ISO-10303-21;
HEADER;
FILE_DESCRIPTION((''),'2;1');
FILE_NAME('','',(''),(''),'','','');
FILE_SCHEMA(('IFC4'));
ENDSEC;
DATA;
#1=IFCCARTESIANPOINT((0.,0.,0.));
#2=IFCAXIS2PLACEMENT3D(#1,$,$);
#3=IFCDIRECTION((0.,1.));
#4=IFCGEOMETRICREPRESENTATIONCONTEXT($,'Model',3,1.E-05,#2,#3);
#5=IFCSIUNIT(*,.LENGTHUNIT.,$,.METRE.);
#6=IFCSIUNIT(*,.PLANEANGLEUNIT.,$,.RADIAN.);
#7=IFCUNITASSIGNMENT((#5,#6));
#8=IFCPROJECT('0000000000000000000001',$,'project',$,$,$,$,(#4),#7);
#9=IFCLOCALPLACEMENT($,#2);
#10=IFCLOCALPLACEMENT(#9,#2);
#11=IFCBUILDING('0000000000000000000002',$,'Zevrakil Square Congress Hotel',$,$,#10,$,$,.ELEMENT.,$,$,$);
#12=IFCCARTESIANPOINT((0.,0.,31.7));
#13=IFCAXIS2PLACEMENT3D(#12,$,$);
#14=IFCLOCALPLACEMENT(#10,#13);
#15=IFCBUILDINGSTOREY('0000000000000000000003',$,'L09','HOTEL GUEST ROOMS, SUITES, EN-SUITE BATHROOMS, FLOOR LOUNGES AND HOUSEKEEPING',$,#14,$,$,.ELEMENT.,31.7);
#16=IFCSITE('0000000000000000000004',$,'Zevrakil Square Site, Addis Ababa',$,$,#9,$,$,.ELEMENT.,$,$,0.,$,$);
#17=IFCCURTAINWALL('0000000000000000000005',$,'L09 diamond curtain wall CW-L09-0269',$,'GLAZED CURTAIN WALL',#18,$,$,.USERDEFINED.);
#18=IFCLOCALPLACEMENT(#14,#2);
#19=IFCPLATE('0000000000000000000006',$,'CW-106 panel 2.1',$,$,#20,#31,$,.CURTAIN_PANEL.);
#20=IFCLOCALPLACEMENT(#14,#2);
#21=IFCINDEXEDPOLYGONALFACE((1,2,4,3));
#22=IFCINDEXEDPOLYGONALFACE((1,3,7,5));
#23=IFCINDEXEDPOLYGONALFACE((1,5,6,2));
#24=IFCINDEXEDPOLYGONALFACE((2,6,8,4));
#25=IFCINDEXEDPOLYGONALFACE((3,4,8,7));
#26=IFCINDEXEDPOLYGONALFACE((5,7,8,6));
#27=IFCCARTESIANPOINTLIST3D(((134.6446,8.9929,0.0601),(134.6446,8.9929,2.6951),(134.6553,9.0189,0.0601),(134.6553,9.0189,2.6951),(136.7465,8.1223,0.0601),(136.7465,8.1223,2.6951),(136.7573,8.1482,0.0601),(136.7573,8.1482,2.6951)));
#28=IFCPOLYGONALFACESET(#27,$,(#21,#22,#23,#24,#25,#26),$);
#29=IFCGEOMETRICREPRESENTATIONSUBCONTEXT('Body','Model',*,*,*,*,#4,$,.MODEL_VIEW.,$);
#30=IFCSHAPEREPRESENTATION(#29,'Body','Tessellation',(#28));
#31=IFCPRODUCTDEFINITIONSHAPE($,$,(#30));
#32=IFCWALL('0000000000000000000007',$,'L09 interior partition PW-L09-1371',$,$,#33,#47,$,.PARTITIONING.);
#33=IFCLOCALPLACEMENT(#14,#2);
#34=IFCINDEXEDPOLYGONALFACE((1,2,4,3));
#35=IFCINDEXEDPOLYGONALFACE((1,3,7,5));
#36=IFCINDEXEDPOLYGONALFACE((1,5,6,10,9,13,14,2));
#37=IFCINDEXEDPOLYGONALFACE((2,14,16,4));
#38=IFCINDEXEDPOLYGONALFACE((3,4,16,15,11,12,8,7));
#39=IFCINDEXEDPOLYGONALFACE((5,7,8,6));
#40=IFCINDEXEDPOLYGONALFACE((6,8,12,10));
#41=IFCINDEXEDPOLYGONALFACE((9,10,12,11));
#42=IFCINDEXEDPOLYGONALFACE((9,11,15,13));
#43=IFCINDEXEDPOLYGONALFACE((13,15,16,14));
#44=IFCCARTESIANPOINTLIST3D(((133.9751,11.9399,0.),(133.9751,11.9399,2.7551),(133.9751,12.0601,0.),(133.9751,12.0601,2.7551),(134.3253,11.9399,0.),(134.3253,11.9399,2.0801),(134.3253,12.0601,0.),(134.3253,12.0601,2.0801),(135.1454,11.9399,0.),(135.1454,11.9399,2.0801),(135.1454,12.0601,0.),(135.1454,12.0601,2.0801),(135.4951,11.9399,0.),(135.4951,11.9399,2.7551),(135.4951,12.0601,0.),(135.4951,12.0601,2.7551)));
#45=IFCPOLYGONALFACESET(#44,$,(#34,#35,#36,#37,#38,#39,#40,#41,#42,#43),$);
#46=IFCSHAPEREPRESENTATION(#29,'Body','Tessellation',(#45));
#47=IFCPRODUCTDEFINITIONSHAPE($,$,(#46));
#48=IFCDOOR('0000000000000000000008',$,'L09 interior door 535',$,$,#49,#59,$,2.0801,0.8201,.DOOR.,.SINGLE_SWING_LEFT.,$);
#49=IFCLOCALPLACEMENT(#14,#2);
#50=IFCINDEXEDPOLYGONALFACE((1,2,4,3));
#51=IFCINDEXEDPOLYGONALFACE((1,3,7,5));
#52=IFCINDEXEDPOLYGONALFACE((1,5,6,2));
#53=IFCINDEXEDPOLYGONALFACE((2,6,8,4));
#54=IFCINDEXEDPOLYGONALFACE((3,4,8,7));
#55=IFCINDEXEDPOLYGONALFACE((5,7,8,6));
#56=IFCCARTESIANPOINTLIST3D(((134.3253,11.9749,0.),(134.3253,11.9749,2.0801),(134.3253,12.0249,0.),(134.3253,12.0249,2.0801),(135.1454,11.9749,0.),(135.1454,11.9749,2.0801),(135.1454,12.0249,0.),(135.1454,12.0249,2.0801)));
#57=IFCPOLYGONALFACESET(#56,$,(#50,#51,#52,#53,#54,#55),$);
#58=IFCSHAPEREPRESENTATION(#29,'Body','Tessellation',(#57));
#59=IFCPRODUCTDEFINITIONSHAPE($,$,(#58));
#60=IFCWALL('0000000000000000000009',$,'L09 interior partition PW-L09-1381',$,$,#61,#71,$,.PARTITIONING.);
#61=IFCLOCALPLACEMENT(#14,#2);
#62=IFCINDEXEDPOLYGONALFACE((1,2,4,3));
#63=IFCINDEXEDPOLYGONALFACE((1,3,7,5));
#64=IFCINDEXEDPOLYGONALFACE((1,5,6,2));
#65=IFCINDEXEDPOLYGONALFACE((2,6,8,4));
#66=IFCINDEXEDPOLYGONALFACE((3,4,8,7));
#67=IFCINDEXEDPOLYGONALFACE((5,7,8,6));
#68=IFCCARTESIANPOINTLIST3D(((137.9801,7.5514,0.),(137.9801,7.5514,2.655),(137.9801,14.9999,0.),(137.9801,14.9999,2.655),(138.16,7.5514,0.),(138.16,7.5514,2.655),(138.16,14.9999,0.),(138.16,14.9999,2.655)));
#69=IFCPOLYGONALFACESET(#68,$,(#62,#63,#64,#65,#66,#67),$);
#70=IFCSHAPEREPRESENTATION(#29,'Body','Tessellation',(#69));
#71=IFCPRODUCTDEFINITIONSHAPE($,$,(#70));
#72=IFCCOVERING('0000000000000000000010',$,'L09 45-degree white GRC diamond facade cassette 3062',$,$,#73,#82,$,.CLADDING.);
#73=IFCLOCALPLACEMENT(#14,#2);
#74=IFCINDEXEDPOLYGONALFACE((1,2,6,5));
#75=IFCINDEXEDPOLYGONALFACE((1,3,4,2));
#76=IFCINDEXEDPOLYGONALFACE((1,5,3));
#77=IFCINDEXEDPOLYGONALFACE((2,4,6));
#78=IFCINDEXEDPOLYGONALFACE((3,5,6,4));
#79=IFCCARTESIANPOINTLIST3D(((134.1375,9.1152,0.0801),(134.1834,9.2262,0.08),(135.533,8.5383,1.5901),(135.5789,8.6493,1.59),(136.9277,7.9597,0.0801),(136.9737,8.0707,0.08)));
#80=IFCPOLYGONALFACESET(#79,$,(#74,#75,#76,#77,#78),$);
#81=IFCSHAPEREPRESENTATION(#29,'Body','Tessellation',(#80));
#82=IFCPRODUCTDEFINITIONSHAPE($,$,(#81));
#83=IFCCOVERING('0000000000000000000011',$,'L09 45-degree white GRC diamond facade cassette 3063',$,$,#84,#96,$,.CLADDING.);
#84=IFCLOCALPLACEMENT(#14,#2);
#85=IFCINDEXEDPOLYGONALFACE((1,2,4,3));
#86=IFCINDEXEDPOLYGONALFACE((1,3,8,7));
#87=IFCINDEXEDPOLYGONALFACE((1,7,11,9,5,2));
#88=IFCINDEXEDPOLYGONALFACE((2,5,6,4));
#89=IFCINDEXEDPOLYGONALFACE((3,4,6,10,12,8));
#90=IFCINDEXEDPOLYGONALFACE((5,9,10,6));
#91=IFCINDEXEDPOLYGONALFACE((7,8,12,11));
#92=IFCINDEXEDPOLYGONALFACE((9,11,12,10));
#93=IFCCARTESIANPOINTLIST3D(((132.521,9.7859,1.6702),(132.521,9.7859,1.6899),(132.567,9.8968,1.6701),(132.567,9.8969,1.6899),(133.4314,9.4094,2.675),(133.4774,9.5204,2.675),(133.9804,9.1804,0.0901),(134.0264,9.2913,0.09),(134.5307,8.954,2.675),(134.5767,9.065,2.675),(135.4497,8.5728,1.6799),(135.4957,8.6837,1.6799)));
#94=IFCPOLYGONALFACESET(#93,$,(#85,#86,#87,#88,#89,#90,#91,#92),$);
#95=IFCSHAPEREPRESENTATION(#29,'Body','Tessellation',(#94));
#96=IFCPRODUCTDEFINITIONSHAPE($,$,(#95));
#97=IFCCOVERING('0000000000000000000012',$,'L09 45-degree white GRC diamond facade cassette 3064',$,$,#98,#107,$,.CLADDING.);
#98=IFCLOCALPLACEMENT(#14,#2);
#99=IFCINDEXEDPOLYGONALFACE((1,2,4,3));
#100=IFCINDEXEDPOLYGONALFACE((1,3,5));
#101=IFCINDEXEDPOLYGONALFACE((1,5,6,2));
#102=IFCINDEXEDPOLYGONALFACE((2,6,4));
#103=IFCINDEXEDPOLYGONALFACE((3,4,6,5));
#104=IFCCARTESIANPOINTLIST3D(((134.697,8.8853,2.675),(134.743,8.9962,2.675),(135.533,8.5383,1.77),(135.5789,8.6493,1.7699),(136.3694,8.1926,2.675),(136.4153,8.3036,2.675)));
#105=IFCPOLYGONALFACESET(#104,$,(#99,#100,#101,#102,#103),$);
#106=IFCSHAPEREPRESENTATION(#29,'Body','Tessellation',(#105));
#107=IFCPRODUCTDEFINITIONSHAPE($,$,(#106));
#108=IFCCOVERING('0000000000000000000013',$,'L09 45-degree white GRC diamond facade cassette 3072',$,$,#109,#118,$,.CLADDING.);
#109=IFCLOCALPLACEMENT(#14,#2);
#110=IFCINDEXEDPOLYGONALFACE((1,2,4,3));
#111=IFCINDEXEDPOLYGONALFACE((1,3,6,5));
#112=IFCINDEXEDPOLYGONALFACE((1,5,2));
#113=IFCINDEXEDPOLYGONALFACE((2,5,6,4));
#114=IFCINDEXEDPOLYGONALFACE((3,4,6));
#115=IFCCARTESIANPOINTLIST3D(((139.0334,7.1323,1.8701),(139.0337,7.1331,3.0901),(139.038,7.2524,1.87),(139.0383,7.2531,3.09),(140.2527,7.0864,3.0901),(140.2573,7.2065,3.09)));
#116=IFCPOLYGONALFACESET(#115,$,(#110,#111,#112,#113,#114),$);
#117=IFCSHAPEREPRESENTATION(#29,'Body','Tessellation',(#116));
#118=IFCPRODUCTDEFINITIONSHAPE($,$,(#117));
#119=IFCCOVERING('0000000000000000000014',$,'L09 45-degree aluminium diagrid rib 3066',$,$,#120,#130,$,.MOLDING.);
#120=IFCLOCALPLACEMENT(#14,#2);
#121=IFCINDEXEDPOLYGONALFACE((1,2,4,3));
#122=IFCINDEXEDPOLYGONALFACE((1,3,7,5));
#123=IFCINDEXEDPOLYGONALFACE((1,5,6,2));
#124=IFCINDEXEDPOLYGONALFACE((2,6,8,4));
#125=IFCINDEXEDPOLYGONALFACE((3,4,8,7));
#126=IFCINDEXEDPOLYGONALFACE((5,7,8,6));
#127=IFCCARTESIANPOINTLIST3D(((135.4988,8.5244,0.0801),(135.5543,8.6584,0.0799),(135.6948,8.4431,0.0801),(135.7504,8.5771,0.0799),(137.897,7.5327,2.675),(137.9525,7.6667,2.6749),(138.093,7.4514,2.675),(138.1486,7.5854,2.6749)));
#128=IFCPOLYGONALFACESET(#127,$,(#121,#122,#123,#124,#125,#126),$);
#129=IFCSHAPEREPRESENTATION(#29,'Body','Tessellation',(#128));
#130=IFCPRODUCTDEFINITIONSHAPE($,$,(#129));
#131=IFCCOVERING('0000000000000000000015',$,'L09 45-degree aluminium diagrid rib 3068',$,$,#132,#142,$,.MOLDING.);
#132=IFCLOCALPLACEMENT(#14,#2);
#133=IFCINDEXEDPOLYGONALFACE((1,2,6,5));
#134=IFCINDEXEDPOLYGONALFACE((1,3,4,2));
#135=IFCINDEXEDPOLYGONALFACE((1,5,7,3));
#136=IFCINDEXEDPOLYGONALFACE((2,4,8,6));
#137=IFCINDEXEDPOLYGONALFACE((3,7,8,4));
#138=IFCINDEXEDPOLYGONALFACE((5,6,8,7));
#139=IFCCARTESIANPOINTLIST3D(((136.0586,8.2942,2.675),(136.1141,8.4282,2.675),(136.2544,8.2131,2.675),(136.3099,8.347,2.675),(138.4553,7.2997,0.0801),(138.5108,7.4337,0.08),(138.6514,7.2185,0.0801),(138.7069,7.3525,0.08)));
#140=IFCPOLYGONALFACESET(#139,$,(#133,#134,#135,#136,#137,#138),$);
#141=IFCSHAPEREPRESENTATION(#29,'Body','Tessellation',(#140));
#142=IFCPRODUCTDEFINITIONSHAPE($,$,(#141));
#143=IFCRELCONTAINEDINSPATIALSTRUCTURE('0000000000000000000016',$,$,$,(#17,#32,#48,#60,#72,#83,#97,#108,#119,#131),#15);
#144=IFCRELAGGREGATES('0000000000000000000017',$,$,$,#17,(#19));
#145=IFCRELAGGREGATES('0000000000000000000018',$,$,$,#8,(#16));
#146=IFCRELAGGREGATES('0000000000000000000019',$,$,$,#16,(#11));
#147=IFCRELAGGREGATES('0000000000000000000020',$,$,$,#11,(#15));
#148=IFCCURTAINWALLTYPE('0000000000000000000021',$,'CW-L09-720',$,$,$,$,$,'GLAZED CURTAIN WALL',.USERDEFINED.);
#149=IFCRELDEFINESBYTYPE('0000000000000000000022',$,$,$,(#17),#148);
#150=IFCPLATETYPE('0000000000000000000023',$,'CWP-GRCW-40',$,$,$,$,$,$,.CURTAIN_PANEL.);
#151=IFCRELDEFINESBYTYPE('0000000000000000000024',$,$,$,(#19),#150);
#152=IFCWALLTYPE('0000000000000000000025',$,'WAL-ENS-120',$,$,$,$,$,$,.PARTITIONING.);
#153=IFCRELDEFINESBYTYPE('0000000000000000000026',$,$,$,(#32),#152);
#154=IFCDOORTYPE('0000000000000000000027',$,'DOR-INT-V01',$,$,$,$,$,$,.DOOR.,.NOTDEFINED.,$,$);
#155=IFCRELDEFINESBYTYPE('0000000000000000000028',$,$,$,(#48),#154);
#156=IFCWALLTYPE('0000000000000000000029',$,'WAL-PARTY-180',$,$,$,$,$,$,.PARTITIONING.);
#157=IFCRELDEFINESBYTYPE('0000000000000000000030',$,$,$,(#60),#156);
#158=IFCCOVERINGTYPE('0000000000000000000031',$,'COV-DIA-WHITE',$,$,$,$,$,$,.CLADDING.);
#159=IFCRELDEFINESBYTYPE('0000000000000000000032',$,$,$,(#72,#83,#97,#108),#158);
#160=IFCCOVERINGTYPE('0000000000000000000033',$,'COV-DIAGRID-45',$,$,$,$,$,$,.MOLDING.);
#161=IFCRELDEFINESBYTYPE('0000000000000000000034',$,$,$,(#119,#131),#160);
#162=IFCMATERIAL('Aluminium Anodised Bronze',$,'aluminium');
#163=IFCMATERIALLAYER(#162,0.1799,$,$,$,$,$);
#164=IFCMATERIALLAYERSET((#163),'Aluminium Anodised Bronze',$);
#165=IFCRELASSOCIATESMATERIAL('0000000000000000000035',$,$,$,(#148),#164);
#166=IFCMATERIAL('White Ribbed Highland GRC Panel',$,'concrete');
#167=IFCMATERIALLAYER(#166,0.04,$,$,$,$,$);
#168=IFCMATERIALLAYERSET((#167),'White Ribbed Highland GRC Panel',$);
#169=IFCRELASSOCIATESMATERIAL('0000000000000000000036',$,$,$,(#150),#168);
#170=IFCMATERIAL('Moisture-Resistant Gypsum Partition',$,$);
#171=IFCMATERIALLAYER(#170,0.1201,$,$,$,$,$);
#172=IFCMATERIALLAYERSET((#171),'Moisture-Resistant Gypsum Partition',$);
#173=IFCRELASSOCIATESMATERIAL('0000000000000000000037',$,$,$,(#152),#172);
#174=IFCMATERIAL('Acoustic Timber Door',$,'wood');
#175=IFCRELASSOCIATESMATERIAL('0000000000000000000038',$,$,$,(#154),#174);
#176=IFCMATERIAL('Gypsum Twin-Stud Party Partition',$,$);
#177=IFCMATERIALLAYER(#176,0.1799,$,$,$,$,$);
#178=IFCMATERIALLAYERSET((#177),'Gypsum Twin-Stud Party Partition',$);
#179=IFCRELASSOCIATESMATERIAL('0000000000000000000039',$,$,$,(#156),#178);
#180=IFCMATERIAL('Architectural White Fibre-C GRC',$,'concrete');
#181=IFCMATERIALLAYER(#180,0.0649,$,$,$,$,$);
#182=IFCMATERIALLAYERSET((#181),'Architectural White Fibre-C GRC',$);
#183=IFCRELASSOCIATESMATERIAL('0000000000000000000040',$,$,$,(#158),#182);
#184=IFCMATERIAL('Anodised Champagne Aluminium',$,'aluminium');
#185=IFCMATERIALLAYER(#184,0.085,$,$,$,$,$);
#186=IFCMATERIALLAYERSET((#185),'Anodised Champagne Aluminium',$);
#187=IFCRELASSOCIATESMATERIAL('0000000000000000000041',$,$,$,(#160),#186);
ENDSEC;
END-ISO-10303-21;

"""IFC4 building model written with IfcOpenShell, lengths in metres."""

from ifc_helpers import new_model, si_unit, direction, frame, frame_2d, origin, origin_2d, place, context, subcontext, project, spatial, polyline, rectangle, outline, extrude, material, layer, layer_set, type_object, element, fill, aggregate, save


model = new_model("IFC4")

# Units and contexts
model_context = context("Model", 3, precision=1e-05, world=origin(), true_north=direction((0.0, 1.0)))
body_context = subcontext(model_context, "Body", "Model", "MODEL_VIEW")
ifc_project = project(units=[si_unit("LENGTHUNIT", "METRE"), si_unit("PLANEANGLEUNIT", "RADIAN")], contexts=[model_context])

# Site, building, storey
site_placement = place(None, origin())
site = spatial("IfcSite", under=ifc_project, at=site_placement, Name="Zevrakil Square Site, Addis Ababa", CompositionType="ELEMENT", RefElevation=0.0)
building_placement = place(site_placement, origin())
building = spatial("IfcBuilding", under=site, at=building_placement, Name="Zevrakil Square Congress Hotel", CompositionType="ELEMENT")
storey_placement = place(building_placement, frame((0.0, 0.0, 31.7)))
storey = spatial("IfcBuildingStorey", under=building, at=storey_placement, Name="L09", Description="HOTEL GUEST ROOMS, SUITES, EN-SUITE BATHROOMS, FLOOR LOUNGES AND HOUSEKEEPING", CompositionType="ELEMENT", Elevation=31.7)

# Curtain wall
ifc_material_1 = material(Name="Aluminium Anodised Bronze", Category="aluminium")
ifc_layer_1 = layer(ifc_material_1, 0.1799)
ifc_layer_set_1 = layer_set([ifc_layer_1], Name="Aluminium Anodised Bronze")
curtain_wall_type_1 = type_object("IfcCurtainWallType", Name="CW-L09-720", ElementType="GLAZED CURTAIN WALL", PredefinedType="USERDEFINED", material=ifc_layer_set_1)
curtain_wall_1_placement = place(storey_placement, origin())
curtain_wall_1 = element("IfcCurtainWall", 1, at=curtain_wall_1_placement, inside=storey, type_object=curtain_wall_type_1, Name="L09 diamond curtain wall CW-L09-0269", ObjectType="GLAZED CURTAIN WALL", PredefinedType="USERDEFINED")

# Plate
ifc_material_2 = material(Name="White Ribbed Highland GRC Panel", Category="concrete")
ifc_layer_2 = layer(ifc_material_2, 0.04)
ifc_layer_set_2 = layer_set([ifc_layer_2], Name="White Ribbed Highland GRC Panel")
plate_type_1 = type_object("IfcPlateType", Name="CWP-GRCW-40", PredefinedType="CURTAIN_PANEL", material=ifc_layer_set_2)
plate_1_placement = place(storey_placement, frame((135.7009, 8.5706, 0.0601), z_axis=(0.0, 0.0, 1.0), x_axis=(0.923879, -0.382684, 0.0)))
plate_1 = element("IfcPlate", 2, at=plate_1_placement, type_object=plate_type_1, Name="CW-106 panel 2.1", PredefinedType="CURTAIN_PANEL", context=body_context, shape_type="SweptSolid", body=[
    extrude(rectangle(XDim=2.2751, YDim=0.0281, at=origin_2d()), origin(), (0.0, 0.0, 1.0), 2.635),
])
aggregate(curtain_wall_1, [plate_1])

# Wall, opening, door
ifc_material_3 = material(Name="Moisture-Resistant Gypsum Partition")
ifc_layer_3 = layer(ifc_material_3, 0.1201)
ifc_layer_set_3 = layer_set([ifc_layer_3], Name="Moisture-Resistant Gypsum Partition")
wall_type_1 = type_object("IfcWallType", Name="WAL-ENS-120", PredefinedType="PARTITIONING", material=ifc_layer_set_3)
wall_1_placement = place(storey_placement, frame((133.9751, 12.0, 0.0), z_axis=(0.0, 0.0, 1.0), x_axis=(1.0, 0.0, 0.0)))
wall_1 = element("IfcWall", 3, at=wall_1_placement, inside=storey, type_object=wall_type_1, Name="L09 interior partition PW-L09-1371", PredefinedType="PARTITIONING", context=body_context, shape_type="SweptSolid", body=[
    extrude(rectangle(XDim=1.52, YDim=0.1201, at=frame_2d((0.76, 0.0))), origin(), (0.0, 0.0, 1.0), 2.7551),
])
opening_placement = place(wall_1_placement, frame((0.3501, 0.0, 0.0)))
opening = element("IfcOpeningElement", 4, at=opening_placement, cuts=wall_1, PredefinedType="OPENING", context=body_context, shape_type="SweptSolid", body=[
    extrude(rectangle(XDim=0.8201, YDim=2.0801, at=frame_2d((0.4102, 1.04))), frame((0.0, 0.0701, 0.0), z_axis=(0.0, -1.0, 0.0), x_axis=(1.0, 0.0, 0.0)), (0.0, 0.0, 1.0), 0.1401),
])
ifc_material_4 = material(Name="Acoustic Timber Door", Category="wood")
door_type = type_object("IfcDoorType", Name="DOR-INT-V01", OperationType="NOTDEFINED", PredefinedType="DOOR", material=ifc_material_4)
door_placement = place(opening_placement, origin())
door = element("IfcDoor", 5, at=door_placement, inside=storey, type_object=door_type, Name="L09 interior door 535", OperationType="SINGLE_SWING_LEFT", OverallHeight=2.0801, OverallWidth=0.8201, PredefinedType="DOOR", context=body_context, shape_type="SweptSolid", body=[
    extrude(rectangle(XDim=0.8201, YDim=2.0801, at=frame_2d((0.4102, 1.04))), frame((0.0, 0.0249, 0.0), z_axis=(0.0, -1.0, 0.0), x_axis=(1.0, 0.0, 0.0)), (0.0, 0.0, 1.0), 0.05),
])
fill(opening, door)

# Wall
ifc_material_5 = material(Name="Gypsum Twin-Stud Party Partition")
ifc_layer_4 = layer(ifc_material_5, 0.1799)
ifc_layer_set_4 = layer_set([ifc_layer_4], Name="Gypsum Twin-Stud Party Partition")
wall_type_2 = type_object("IfcWallType", Name="WAL-PARTY-180", PredefinedType="PARTITIONING", material=ifc_layer_set_4)
wall_2_placement = place(storey_placement, frame((138.0701, 7.5515, 0.0), z_axis=(0.0, 0.0, 1.0), x_axis=(0.0, 1.0, 0.0)))
element("IfcWall", 6, at=wall_2_placement, inside=storey, type_object=wall_type_2, Name="L09 interior partition PW-L09-1381", PredefinedType="PARTITIONING", context=body_context, shape_type="SweptSolid", body=[
    extrude(rectangle(XDim=7.4485, YDim=0.1799, at=frame_2d((3.7241, 0.0))), origin(), (0.0, 0.0, 1.0), 2.655),
])

# Coverings
ifc_material_6 = material(Name="Architectural White Fibre-C GRC", Category="concrete")
ifc_layer_5 = layer(ifc_material_6, 0.0649)
ifc_layer_set_5 = layer_set([ifc_layer_5], Name="Architectural White Fibre-C GRC")
covering_type_1 = type_object("IfcCoveringType", Name="COV-DIA-WHITE", PredefinedType="CLADDING", material=ifc_layer_set_5)
covering_1_placement = place(storey_placement, frame((135.533, 8.5383, 1.5901), z_axis=(-0.382611, -0.923909, 0.000616), x_axis=(0.65314, -0.270951, -0.707102)))
element("IfcCovering", 7, at=covering_1_placement, inside=storey, type_object=covering_type_1, Name="L09 45-degree white GRC diamond facade cassette 3062", PredefinedType="CLADDING", context=body_context, shape_type="SweptSolid", body=[
    extrude(outline(polyline([(0.0, 0.0), (2.1355, 0.0), (0.0, -2.1355), (0.0, 0.0)])), origin(), (0.0, 0.0, -1.0), 0.1201),
])
covering_2_placement = place(storey_placement, frame((135.4497, 8.5728, 1.6799), z_axis=(-0.382685, -0.923879, 0.000575), x_axis=(-0.653457, 0.270231, -0.707085)))
element("IfcCovering", 8, at=covering_2_placement, inside=storey, type_object=covering_type_1, Name="L09 45-degree white GRC diamond facade cassette 3063", PredefinedType="CLADDING", context=body_context, shape_type="SweptSolid", body=[
    extrude(outline(polyline([(0.0, 0.0), (2.2484, 0.0), (2.2485, -2.2346), (2.2345, -2.2486), (0.8413, -2.2486), (-0.0001, -1.4072), (0.0, 0.0)])), origin(), (0.0, 0.0, -1.0), 0.1201),
])
covering_3_placement = place(storey_placement, frame((135.533, 8.5383, 1.77), z_axis=(-0.382642, -0.923897, 0.000726), x_axis=(-0.653111, 0.271049, 0.707092)))
element("IfcCovering", 9, at=covering_3_placement, inside=storey, type_object=covering_type_1, Name="L09 45-degree white GRC diamond facade cassette 3064", PredefinedType="CLADDING", context=body_context, shape_type="SweptSolid", body=[
    extrude(outline(polyline([(0.0, 0.0), (1.2799, 0.0), (0.0, -1.2799), (0.0, 0.0)])), origin(), (0.0, 0.0, -1.0), 0.1201),
])
covering_4_placement = place(storey_placement, frame((139.0334, 7.1323, 1.8701), z_axis=(-0.038226, -0.999269, 0.000608), x_axis=(0.0002, 0.0006, 1.0)))
element("IfcCovering", 10, at=covering_4_placement, inside=storey, type_object=covering_type_1, Name="L09 45-degree white GRC diamond facade cassette 3072", PredefinedType="CLADDING", context=body_context, shape_type="SweptSolid", body=[
    extrude(outline(polyline([(0.0, 0.0), (1.22, 0.0), (1.2202, -1.2199), (0.0, 0.0)])), origin(), (0.0, 0.0, -1.0), 0.1201),
])
ifc_material_7 = material(Name="Anodised Champagne Aluminium", Category="aluminium")
ifc_layer_6 = layer(ifc_material_7, 0.085)
ifc_layer_set_6 = layer_set([ifc_layer_6], Name="Anodised Champagne Aluminium")
covering_type_2 = type_object("IfcCoveringType", Name="COV-DIAGRID-45", PredefinedType="MOLDING", material=ifc_layer_set_6)
covering_5_placement = place(storey_placement, frame((135.6948, 8.4431, 0.0801), z_axis=(-0.383063, -0.923722, 0.001004), x_axis=(-0.923722, 0.383063, 0.0)))
element("IfcCovering", 11, at=covering_5_placement, inside=storey, type_object=covering_type_2, Name="L09 45-degree aluminium diagrid rib 3066", PredefinedType="MOLDING", context=body_context, shape_type="SweptSolid", body=[
    extrude(outline(polyline([(0.0, 0.0), (0.2122, 0.0), (-2.3829, -2.595), (-2.5951, -2.595), (0.0, 0.0)])), origin(), (0.0, 0.0, -1.0), 0.145),
])
covering_6_placement = place(storey_placement, frame((136.0586, 8.2942, 2.675), z_axis=(-0.382775, -0.923841, 0.000505), x_axis=(0.923841, -0.382775, 0.0)))
element("IfcCovering", 12, at=covering_6_placement, inside=storey, type_object=covering_type_2, Name="L09 45-degree aluminium diagrid rib 3068", PredefinedType="MOLDING", context=body_context, shape_type="SweptSolid", body=[
    extrude(outline(polyline([(0.0, 0.0), (0.2119, 0.0), (2.8071, -2.595), (2.5948, -2.595), (0.0, 0.0)])), origin(), (0.0, 0.0, -1.0), 0.145),
])

save(model, "model.ifc")
